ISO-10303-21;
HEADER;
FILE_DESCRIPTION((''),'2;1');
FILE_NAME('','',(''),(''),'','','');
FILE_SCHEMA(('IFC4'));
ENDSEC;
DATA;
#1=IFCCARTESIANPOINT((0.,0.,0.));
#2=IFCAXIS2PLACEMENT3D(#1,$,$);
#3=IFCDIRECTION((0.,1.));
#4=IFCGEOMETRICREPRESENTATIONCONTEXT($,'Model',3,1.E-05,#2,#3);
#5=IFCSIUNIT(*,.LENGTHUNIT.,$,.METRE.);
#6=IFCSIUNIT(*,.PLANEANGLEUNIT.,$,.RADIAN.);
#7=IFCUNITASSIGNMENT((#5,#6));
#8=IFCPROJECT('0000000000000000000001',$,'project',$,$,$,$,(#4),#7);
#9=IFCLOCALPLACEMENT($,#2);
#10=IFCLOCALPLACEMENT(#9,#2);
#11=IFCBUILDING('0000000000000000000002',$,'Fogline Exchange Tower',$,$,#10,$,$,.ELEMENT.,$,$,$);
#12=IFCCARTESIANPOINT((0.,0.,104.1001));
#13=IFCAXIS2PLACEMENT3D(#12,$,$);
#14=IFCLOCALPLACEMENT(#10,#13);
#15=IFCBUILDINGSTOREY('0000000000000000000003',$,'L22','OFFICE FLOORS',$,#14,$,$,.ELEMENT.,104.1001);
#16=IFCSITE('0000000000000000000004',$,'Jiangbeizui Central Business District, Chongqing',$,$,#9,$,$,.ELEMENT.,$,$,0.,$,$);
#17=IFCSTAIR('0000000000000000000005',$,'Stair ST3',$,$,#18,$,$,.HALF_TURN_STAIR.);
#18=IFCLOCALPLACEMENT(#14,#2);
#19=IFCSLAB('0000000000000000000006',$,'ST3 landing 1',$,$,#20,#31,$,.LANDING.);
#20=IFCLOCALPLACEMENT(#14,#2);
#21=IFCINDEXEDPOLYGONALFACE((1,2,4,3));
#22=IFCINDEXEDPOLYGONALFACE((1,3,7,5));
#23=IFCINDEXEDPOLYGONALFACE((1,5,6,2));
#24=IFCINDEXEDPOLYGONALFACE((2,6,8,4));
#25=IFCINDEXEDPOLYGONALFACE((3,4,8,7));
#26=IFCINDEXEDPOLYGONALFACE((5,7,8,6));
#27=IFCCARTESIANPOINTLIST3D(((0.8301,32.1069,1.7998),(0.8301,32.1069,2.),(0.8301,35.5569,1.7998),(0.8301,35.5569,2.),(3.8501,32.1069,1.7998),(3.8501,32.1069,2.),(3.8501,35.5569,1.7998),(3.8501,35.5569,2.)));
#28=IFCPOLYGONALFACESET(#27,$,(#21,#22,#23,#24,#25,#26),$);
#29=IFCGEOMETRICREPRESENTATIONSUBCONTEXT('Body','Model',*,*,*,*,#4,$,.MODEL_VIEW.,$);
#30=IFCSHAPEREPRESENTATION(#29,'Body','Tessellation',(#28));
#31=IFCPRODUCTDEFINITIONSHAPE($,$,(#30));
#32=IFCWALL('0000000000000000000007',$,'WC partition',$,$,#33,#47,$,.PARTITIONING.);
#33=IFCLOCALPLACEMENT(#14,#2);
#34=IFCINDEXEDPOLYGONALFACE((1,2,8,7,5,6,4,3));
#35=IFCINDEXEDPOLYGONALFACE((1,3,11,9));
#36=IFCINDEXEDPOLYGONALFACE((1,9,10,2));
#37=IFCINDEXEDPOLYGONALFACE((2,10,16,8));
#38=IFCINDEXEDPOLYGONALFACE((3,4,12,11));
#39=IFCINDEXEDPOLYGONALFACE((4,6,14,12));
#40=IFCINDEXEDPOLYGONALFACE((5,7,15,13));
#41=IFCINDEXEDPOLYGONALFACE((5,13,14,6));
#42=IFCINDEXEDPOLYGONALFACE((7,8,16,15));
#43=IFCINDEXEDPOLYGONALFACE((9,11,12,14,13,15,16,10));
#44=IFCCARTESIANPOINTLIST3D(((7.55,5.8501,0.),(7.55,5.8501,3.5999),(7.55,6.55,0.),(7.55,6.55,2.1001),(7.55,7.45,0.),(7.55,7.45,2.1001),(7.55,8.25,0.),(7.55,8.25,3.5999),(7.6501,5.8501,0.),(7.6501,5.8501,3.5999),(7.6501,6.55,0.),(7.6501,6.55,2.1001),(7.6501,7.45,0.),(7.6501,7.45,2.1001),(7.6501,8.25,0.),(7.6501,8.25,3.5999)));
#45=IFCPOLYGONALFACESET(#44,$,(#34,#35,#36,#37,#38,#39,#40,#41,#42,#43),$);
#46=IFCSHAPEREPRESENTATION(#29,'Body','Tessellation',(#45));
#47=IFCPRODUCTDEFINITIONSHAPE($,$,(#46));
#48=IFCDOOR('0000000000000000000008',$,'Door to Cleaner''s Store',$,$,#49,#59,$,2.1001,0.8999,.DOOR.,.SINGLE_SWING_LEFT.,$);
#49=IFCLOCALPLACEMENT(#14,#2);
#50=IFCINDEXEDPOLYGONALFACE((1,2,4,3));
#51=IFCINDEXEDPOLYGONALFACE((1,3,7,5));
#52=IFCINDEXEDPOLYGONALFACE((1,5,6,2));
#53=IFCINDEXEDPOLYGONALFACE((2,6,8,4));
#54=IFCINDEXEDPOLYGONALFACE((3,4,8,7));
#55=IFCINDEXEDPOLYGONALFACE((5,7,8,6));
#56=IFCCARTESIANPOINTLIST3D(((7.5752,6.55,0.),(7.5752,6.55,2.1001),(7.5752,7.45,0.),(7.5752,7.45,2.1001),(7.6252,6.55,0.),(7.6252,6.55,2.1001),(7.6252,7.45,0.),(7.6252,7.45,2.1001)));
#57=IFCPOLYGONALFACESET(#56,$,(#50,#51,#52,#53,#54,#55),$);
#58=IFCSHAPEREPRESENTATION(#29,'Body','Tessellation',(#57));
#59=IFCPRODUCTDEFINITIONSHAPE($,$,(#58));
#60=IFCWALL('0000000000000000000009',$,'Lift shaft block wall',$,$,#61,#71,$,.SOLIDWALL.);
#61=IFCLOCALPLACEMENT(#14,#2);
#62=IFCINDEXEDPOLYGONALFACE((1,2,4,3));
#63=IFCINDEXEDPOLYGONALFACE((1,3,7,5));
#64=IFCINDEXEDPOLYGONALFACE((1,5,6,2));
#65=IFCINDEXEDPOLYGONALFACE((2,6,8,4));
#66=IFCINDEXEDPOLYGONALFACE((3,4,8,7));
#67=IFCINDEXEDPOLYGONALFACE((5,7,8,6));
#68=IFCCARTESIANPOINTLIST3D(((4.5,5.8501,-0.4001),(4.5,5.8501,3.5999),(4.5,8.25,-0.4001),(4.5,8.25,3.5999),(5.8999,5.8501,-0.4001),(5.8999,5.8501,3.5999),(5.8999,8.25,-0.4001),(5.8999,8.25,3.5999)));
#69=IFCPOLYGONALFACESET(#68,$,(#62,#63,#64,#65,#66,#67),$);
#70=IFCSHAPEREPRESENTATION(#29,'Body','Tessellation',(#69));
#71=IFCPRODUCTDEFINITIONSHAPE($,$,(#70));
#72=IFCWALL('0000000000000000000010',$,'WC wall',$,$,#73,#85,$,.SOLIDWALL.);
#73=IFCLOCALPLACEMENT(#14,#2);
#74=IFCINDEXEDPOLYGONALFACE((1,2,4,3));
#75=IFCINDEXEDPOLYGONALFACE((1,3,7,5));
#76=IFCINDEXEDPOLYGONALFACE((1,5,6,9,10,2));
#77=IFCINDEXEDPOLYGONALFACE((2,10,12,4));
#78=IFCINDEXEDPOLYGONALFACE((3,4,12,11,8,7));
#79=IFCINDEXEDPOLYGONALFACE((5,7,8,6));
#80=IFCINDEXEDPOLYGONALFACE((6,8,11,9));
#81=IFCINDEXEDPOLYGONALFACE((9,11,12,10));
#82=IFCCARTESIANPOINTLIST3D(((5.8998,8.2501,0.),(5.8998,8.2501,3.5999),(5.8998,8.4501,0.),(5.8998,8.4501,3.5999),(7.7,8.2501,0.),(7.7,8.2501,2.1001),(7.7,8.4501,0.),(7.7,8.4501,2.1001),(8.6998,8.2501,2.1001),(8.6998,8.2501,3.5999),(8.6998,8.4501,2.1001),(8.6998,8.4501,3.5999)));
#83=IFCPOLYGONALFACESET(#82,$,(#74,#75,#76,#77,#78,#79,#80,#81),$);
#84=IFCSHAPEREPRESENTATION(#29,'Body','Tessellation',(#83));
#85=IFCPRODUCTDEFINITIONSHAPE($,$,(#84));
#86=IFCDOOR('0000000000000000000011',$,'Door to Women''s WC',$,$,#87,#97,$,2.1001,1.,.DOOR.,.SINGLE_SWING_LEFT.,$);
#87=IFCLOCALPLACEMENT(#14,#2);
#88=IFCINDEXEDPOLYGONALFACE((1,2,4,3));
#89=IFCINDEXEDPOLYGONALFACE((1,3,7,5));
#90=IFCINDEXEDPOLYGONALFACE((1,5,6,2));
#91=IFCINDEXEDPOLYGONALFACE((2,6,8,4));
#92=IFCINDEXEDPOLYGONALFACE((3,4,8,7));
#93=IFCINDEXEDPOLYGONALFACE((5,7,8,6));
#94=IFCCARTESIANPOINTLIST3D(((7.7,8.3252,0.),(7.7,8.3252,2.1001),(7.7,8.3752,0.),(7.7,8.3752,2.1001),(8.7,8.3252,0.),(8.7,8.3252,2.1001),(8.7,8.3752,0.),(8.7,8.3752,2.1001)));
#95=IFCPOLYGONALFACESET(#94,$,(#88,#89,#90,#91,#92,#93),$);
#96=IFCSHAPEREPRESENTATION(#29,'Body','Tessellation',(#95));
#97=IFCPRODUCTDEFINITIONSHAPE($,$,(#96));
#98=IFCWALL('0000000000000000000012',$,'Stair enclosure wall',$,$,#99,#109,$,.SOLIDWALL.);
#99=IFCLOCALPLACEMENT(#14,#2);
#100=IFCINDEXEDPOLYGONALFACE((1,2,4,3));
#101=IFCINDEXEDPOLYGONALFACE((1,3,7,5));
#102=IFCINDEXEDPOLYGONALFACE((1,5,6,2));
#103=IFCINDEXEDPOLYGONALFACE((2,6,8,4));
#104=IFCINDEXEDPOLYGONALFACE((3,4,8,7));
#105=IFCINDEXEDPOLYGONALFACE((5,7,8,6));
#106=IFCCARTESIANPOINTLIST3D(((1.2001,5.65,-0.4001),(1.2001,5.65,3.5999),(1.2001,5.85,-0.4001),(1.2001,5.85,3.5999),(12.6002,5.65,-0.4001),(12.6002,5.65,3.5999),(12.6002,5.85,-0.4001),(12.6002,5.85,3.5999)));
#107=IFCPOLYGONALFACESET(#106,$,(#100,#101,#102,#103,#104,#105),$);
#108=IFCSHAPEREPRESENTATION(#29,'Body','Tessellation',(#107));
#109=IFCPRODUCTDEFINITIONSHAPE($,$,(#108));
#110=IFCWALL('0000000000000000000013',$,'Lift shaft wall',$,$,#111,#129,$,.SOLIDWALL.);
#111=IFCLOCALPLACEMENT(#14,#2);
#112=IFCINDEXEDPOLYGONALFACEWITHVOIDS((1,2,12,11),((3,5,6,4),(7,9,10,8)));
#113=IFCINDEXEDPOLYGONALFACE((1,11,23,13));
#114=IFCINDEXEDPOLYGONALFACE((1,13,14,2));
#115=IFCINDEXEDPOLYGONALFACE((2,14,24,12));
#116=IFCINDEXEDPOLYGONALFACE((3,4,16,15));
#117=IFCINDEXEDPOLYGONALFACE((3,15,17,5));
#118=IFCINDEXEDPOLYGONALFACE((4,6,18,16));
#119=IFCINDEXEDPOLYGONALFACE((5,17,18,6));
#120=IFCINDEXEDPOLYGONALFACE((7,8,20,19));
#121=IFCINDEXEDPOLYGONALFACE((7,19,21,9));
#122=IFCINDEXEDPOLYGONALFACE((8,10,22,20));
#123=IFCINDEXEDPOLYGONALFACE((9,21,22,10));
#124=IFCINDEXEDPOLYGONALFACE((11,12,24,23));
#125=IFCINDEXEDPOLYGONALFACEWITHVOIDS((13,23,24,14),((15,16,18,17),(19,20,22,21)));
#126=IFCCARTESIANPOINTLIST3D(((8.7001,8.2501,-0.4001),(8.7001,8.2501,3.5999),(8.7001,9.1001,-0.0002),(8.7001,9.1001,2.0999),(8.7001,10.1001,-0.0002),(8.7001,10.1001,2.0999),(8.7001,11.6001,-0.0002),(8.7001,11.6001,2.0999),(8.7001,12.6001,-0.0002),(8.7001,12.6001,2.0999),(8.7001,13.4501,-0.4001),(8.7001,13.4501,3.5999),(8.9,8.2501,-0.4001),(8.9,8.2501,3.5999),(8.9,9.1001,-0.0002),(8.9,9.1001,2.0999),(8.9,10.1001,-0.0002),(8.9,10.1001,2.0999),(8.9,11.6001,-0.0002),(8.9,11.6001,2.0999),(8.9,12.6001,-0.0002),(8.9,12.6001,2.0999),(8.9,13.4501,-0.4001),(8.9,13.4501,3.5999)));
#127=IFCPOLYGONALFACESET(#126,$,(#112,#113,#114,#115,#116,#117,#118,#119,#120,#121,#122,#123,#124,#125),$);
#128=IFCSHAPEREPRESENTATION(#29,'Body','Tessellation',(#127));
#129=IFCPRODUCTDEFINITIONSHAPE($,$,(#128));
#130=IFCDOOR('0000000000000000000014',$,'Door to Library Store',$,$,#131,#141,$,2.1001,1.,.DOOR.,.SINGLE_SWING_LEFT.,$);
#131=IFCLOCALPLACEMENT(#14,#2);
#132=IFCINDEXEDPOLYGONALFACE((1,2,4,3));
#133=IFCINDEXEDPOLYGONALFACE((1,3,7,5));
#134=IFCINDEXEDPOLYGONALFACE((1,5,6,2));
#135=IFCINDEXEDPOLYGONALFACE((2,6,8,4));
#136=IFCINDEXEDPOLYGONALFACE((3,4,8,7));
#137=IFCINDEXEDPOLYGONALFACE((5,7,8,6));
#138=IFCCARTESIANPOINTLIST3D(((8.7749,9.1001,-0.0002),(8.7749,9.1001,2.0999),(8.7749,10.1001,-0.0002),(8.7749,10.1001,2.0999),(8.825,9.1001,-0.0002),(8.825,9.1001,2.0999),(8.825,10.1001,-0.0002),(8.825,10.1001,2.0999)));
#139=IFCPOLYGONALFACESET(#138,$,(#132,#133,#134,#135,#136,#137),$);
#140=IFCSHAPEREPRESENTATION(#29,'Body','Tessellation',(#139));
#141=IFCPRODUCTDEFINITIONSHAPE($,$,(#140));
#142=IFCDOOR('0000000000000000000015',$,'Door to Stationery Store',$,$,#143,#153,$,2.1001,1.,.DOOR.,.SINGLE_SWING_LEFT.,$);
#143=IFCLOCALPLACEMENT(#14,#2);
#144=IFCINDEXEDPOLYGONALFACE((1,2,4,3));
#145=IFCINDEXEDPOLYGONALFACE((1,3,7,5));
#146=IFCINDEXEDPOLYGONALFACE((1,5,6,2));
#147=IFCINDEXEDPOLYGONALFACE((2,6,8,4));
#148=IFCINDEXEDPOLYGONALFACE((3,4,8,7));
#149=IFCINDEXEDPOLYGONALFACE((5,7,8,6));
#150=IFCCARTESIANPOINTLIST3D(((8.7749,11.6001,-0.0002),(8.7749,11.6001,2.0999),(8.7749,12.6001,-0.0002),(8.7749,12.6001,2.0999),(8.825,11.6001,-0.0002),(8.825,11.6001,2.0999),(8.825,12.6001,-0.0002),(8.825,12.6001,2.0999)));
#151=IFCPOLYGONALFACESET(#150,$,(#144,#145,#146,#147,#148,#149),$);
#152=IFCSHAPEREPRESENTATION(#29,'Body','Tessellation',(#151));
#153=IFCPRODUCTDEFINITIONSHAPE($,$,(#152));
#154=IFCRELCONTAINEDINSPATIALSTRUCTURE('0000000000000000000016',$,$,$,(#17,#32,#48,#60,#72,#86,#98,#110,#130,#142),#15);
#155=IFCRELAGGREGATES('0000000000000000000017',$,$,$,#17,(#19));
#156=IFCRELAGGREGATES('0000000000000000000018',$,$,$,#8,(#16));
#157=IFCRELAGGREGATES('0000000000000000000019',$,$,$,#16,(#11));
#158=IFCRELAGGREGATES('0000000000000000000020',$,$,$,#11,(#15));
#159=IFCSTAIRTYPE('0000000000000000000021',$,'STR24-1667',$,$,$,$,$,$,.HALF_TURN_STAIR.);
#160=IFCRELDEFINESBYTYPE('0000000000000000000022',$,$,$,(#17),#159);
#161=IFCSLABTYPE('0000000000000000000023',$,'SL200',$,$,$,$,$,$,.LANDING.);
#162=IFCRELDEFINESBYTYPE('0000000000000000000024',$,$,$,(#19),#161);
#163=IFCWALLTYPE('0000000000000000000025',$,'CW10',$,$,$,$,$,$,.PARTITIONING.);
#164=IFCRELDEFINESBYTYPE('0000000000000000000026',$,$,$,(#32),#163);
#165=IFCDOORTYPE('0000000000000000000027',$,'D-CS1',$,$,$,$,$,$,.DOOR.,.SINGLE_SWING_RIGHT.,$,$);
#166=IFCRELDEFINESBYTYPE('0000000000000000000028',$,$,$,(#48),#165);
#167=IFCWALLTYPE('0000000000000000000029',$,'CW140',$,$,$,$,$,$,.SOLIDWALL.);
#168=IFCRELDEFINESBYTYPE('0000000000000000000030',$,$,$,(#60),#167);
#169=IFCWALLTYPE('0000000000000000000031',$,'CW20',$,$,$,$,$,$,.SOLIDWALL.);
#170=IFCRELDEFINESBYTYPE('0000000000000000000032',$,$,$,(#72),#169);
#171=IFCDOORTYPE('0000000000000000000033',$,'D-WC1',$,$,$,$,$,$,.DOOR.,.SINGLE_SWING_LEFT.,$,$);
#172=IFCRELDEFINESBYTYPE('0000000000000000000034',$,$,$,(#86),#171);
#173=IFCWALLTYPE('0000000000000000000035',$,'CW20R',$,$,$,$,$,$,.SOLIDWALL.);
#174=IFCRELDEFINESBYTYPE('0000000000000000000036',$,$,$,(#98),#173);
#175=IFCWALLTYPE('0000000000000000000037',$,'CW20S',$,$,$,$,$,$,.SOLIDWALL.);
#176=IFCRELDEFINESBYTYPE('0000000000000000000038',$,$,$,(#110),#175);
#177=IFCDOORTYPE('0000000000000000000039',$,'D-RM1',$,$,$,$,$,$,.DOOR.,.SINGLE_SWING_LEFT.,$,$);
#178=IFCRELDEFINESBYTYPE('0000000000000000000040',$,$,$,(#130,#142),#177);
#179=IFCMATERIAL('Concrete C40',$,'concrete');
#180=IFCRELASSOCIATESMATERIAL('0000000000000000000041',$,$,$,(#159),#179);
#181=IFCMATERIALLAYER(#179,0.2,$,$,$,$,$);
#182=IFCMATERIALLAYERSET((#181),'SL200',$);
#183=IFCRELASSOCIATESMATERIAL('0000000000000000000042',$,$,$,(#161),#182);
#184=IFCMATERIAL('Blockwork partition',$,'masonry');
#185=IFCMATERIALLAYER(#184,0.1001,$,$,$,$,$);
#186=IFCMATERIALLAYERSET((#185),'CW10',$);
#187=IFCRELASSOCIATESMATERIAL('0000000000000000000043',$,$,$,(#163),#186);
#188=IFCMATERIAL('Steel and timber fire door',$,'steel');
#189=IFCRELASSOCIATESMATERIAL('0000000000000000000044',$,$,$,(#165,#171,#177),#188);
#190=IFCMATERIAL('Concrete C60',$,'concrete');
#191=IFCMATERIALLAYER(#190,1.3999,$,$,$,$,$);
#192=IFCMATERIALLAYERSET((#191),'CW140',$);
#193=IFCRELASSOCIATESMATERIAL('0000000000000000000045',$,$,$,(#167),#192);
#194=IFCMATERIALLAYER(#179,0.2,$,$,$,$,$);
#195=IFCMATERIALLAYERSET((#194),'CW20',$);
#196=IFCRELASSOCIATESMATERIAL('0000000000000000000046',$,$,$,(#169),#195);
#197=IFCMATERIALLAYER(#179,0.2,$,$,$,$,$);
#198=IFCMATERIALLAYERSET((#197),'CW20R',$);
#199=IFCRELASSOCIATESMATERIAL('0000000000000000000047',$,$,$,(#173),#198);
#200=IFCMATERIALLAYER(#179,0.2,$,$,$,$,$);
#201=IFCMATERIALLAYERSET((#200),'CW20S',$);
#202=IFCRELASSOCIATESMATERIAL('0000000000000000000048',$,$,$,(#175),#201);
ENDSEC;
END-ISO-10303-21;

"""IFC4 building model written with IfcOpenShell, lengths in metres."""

from ifc_helpers import new_model, si_unit, direction, frame, frame_2d, origin, place, context, subcontext, project, spatial, polyline, rectangle, outline, extrude, material, layer, layer_set, type_object, element, fill, aggregate, save


model = new_model("IFC4")

# Units and contexts
model_context = context("Model", 3, precision=1e-05, world=origin(), true_north=direction((0.0, 1.0)))
body_context = subcontext(model_context, "Body", "Model", "MODEL_VIEW")
ifc_project = project(units=[si_unit("LENGTHUNIT", "METRE"), si_unit("PLANEANGLEUNIT", "RADIAN")], contexts=[model_context])

# Site, building, storey
site_placement = place(None, origin())
site = spatial("IfcSite", under=ifc_project, at=site_placement, Name="Jiangbeizui Central Business District, Chongqing", CompositionType="ELEMENT", RefElevation=0.0)
building_placement = place(site_placement, origin())
building = spatial("IfcBuilding", under=site, at=building_placement, Name="Fogline Exchange Tower", CompositionType="ELEMENT")
storey_placement = place(building_placement, frame((0.0, 0.0, 104.1001)))
storey = spatial("IfcBuildingStorey", under=building, at=storey_placement, Name="L22", Description="OFFICE FLOORS", CompositionType="ELEMENT", Elevation=104.1001)

# Stair, slab
ifc_material_1 = material(Name="Concrete C40", Category="concrete")
stair_type = type_object("IfcStairType", Name="STR24-1667", PredefinedType="HALF_TURN_STAIR", material=ifc_material_1)
stair_1_placement = place(storey_placement, origin())
stair_1 = element("IfcStair", 1, at=stair_1_placement, inside=storey, type_object=stair_type, Name="Stair ST3", PredefinedType="HALF_TURN_STAIR")
ifc_layer_1 = layer(ifc_material_1, 0.2)
ifc_layer_set_1 = layer_set([ifc_layer_1], Name="SL200")
slab_type = type_object("IfcSlabType", Name="SL200", PredefinedType="LANDING", material=ifc_layer_set_1)
slab_placement = place(storey_placement, frame((0.0, 0.0, 1.7998)))
slab = element("IfcSlab", 2, at=slab_placement, type_object=slab_type, Name="ST3 landing 1", PredefinedType="LANDING", context=body_context, shape_type="SweptSolid", body=[
    extrude(outline(polyline([(0.8301, 32.1069), (3.8501, 32.1069), (3.8501, 35.5569), (0.8301, 35.5569), (0.8301, 32.1069)])), origin(), (0.0, 0.0, 1.0), 0.2002),
])
aggregate(stair_1, [slab])

# Wall, opening, door
ifc_material_2 = material(Name="Blockwork partition", Category="masonry")
ifc_layer_2 = layer(ifc_material_2, 0.1001)
ifc_layer_set_2 = layer_set([ifc_layer_2], Name="CW10")
wall_type_1 = type_object("IfcWallType", Name="CW10", PredefinedType="PARTITIONING", material=ifc_layer_set_2)
wall_1_placement = place(storey_placement, frame((7.6001, 5.8501, 0.0), z_axis=(0.0, 0.0, 1.0), x_axis=(0.0, 1.0, 0.0)))
wall_1 = element("IfcWall", 3, at=wall_1_placement, inside=storey, type_object=wall_type_1, Name="WC partition", PredefinedType="PARTITIONING", context=body_context, shape_type="SweptSolid", body=[
    extrude(rectangle(XDim=2.3999, YDim=0.1001, at=frame_2d((1.2, 0.0))), origin(), (0.0, 0.0, 1.0), 3.5999),
])
opening_1_placement = place(wall_1_placement, frame((0.7, 0.0, 0.0)))
opening_1 = element("IfcOpeningElement", 4, at=opening_1_placement, cuts=wall_1, PredefinedType="OPENING", context=body_context, shape_type="SweptSolid", body=[
    extrude(rectangle(XDim=0.8999, YDim=2.1001, at=frame_2d((0.45, 1.05))), frame((0.0, 0.0601, 0.0), z_axis=(0.0, -1.0, 0.0), x_axis=(1.0, 0.0, 0.0)), (0.0, 0.0, 1.0), 0.1201),
])
ifc_material_3 = material(Name="Steel and timber fire door", Category="steel")
door_type_1 = type_object("IfcDoorType", Name="D-CS1", OperationType="SINGLE_SWING_RIGHT", PredefinedType="DOOR", material=ifc_material_3)
door_1_placement = place(opening_1_placement, origin())
door_1 = element("IfcDoor", 5, at=door_1_placement, inside=storey, type_object=door_type_1, Name="Door to Cleaner's Store", OperationType="SINGLE_SWING_LEFT", OverallHeight=2.1001, OverallWidth=0.8999, PredefinedType="DOOR", context=body_context, shape_type="SweptSolid", body=[
    extrude(rectangle(XDim=0.8999, YDim=2.1001, at=frame_2d((0.45, 1.05))), frame((0.0, 0.0249, 0.0), z_axis=(0.0, -1.0, 0.0), x_axis=(1.0, 0.0, 0.0)), (0.0, 0.0, 1.0), 0.05),
])
fill(opening_1, door_1)

# Wall
ifc_material_4 = material(Name="Concrete C60", Category="concrete")
ifc_layer_3 = layer(ifc_material_4, 1.3999)
ifc_layer_set_3 = layer_set([ifc_layer_3], Name="CW140")
wall_type_2 = type_object("IfcWallType", Name="CW140", PredefinedType="SOLIDWALL", material=ifc_layer_set_3)
wall_2_placement = place(storey_placement, frame((5.2, 5.8501, -0.4001), z_axis=(0.0, 0.0, 1.0), x_axis=(0.0, 1.0, 0.0)))
element("IfcWall", 6, at=wall_2_placement, inside=storey, type_object=wall_type_2, Name="Lift shaft block wall", PredefinedType="SOLIDWALL", context=body_context, shape_type="SweptSolid", body=[
    extrude(rectangle(XDim=2.3999, YDim=1.3999, at=frame_2d((1.2, 0.0))), origin(), (0.0, 0.0, 1.0), 4.0),
])

# Wall, opening, door
ifc_layer_4 = layer(ifc_material_1, 0.2)
ifc_layer_set_4 = layer_set([ifc_layer_4], Name="CW20")
wall_type_3 = type_object("IfcWallType", Name="CW20", PredefinedType="SOLIDWALL", material=ifc_layer_set_4)
wall_3_placement = place(storey_placement, frame((5.8999, 8.3501, 0.0), z_axis=(0.0, 0.0, 1.0), x_axis=(1.0, 0.0, 0.0)))
wall_3 = element("IfcWall", 7, at=wall_3_placement, inside=storey, type_object=wall_type_3, Name="WC wall", PredefinedType="SOLIDWALL", context=body_context, shape_type="SweptSolid", body=[
    extrude(rectangle(XDim=2.8, YDim=0.2, at=frame_2d((1.3999, 0.0))), origin(), (0.0, 0.0, 1.0), 3.5999),
])
opening_2_placement = place(wall_3_placement, frame((1.8, 0.0, 0.0)))
opening_2 = element("IfcOpeningElement", 8, at=opening_2_placement, cuts=wall_3, PredefinedType="OPENING", context=body_context, shape_type="SweptSolid", body=[
    extrude(rectangle(XDim=1.0, YDim=2.1001, at=frame_2d((0.5, 1.05))), frame((0.0, 0.1099, 0.0), z_axis=(0.0, -1.0, 0.0), x_axis=(1.0, 0.0, 0.0)), (0.0, 0.0, 1.0), 0.22),
])
door_type_2 = type_object("IfcDoorType", Name="D-WC1", OperationType="SINGLE_SWING_LEFT", PredefinedType="DOOR", material=ifc_material_3)
door_2_placement = place(opening_2_placement, frame((1.0, 0.0, 0.0), z_axis=(0.0, 0.0, 1.0), x_axis=(-1.0, 0.0, 0.0)))
door_2 = element("IfcDoor", 9, at=door_2_placement, inside=storey, type_object=door_type_2, Name="Door to Women's WC", OperationType="SINGLE_SWING_LEFT", OverallHeight=2.1001, OverallWidth=1.0, PredefinedType="DOOR", context=body_context, shape_type="SweptSolid", body=[
    extrude(rectangle(XDim=1.0, YDim=2.1001, at=frame_2d((0.5, 1.05))), frame((0.0, 0.0249, 0.0), z_axis=(0.0, -1.0, 0.0), x_axis=(1.0, 0.0, 0.0)), (0.0, 0.0, 1.0), 0.05),
])
fill(opening_2, door_2)

# Wall
ifc_layer_5 = layer(ifc_material_1, 0.2)
ifc_layer_set_5 = layer_set([ifc_layer_5], Name="CW20R")
wall_type_4 = type_object("IfcWallType", Name="CW20R", PredefinedType="SOLIDWALL", material=ifc_layer_set_5)
wall_4_placement = place(storey_placement, frame((1.2, 5.75, -0.4001), z_axis=(0.0, 0.0, 1.0), x_axis=(1.0, 0.0, 0.0)))
element("IfcWall", 10, at=wall_4_placement, inside=storey, type_object=wall_type_4, Name="Stair enclosure wall", PredefinedType="SOLIDWALL", context=body_context, shape_type="SweptSolid", body=[
    extrude(rectangle(XDim=11.4001, YDim=0.2, at=frame_2d((5.7002, 0.0))), origin(), (0.0, 0.0, 1.0), 4.0),
])

# Wall, openings, doors
ifc_layer_6 = layer(ifc_material_1, 0.2)
ifc_layer_set_6 = layer_set([ifc_layer_6], Name="CW20S")
wall_type_5 = type_object("IfcWallType", Name="CW20S", PredefinedType="SOLIDWALL", material=ifc_layer_set_6)
wall_5_placement = place(storey_placement, frame((8.8, 8.25, -0.4001), z_axis=(0.0, 0.0, 1.0), x_axis=(0.0, 1.0, 0.0)))
wall_5 = element("IfcWall", 11, at=wall_5_placement, inside=storey, type_object=wall_type_5, Name="Lift shaft wall", PredefinedType="SOLIDWALL", context=body_context, shape_type="SweptSolid", body=[
    extrude(rectangle(XDim=5.2, YDim=0.2, at=frame_2d((2.6001, 0.0))), origin(), (0.0, 0.0, 1.0), 4.0),
])
opening_3_placement = place(wall_5_placement, frame((0.8501, 0.0, 0.3999)))
opening_3 = element("IfcOpeningElement", 12, at=opening_3_placement, cuts=wall_5, PredefinedType="OPENING", context=body_context, shape_type="SweptSolid", body=[
    extrude(rectangle(XDim=1.0, YDim=2.1001, at=frame_2d((0.5, 1.05))), frame((0.0, 0.1099, 0.0), z_axis=(0.0, -1.0, 0.0), x_axis=(1.0, 0.0, 0.0)), (0.0, 0.0, 1.0), 0.22),
])
opening_4_placement = place(wall_5_placement, frame((3.3501, 0.0, 0.3999)))
opening_4 = element("IfcOpeningElement", 13, at=opening_4_placement, cuts=wall_5, PredefinedType="OPENING", context=body_context, shape_type="SweptSolid", body=[
    extrude(rectangle(XDim=1.0, YDim=2.1001, at=frame_2d((0.5, 1.05))), frame((0.0, 0.1099, 0.0), z_axis=(0.0, -1.0, 0.0), x_axis=(1.0, 0.0, 0.0)), (0.0, 0.0, 1.0), 0.22),
])
door_type_3 = type_object("IfcDoorType", Name="D-RM1", OperationType="SINGLE_SWING_LEFT", PredefinedType="DOOR", material=ifc_material_3)
door_3_placement = place(opening_3_placement, frame((1.0, 0.0, 0.0), z_axis=(0.0, 0.0, 1.0), x_axis=(-1.0, 0.0, 0.0)))
door_3 = element("IfcDoor", 14, at=door_3_placement, inside=storey, type_object=door_type_3, Name="Door to Library Store", OperationType="SINGLE_SWING_LEFT", OverallHeight=2.1001, OverallWidth=1.0, PredefinedType="DOOR", context=body_context, shape_type="SweptSolid", body=[
    extrude(rectangle(XDim=1.0, YDim=2.1001, at=frame_2d((0.5, 1.05))), frame((0.0, 0.0249, 0.0), z_axis=(0.0, -1.0, 0.0), x_axis=(1.0, 0.0, 0.0)), (0.0, 0.0, 1.0), 0.05),
])
fill(opening_3, door_3)
door_4_placement = place(opening_4_placement, frame((1.0, 0.0, 0.0), z_axis=(0.0, 0.0, 1.0), x_axis=(-1.0, 0.0, 0.0)))
door_4 = element("IfcDoor", 15, at=door_4_placement, inside=storey, type_object=door_type_3, Name="Door to Stationery Store", OperationType="SINGLE_SWING_LEFT", OverallHeight=2.1001, OverallWidth=1.0, PredefinedType="DOOR", context=body_context, shape_type="SweptSolid", body=[
    extrude(rectangle(XDim=1.0, YDim=2.1001, at=frame_2d((0.5, 1.05))), frame((0.0, 0.0249, 0.0), z_axis=(0.0, -1.0, 0.0), x_axis=(1.0, 0.0, 0.0)), (0.0, 0.0, 1.0), 0.05),
])
fill(opening_4, door_4)

save(model, "model.ifc")
